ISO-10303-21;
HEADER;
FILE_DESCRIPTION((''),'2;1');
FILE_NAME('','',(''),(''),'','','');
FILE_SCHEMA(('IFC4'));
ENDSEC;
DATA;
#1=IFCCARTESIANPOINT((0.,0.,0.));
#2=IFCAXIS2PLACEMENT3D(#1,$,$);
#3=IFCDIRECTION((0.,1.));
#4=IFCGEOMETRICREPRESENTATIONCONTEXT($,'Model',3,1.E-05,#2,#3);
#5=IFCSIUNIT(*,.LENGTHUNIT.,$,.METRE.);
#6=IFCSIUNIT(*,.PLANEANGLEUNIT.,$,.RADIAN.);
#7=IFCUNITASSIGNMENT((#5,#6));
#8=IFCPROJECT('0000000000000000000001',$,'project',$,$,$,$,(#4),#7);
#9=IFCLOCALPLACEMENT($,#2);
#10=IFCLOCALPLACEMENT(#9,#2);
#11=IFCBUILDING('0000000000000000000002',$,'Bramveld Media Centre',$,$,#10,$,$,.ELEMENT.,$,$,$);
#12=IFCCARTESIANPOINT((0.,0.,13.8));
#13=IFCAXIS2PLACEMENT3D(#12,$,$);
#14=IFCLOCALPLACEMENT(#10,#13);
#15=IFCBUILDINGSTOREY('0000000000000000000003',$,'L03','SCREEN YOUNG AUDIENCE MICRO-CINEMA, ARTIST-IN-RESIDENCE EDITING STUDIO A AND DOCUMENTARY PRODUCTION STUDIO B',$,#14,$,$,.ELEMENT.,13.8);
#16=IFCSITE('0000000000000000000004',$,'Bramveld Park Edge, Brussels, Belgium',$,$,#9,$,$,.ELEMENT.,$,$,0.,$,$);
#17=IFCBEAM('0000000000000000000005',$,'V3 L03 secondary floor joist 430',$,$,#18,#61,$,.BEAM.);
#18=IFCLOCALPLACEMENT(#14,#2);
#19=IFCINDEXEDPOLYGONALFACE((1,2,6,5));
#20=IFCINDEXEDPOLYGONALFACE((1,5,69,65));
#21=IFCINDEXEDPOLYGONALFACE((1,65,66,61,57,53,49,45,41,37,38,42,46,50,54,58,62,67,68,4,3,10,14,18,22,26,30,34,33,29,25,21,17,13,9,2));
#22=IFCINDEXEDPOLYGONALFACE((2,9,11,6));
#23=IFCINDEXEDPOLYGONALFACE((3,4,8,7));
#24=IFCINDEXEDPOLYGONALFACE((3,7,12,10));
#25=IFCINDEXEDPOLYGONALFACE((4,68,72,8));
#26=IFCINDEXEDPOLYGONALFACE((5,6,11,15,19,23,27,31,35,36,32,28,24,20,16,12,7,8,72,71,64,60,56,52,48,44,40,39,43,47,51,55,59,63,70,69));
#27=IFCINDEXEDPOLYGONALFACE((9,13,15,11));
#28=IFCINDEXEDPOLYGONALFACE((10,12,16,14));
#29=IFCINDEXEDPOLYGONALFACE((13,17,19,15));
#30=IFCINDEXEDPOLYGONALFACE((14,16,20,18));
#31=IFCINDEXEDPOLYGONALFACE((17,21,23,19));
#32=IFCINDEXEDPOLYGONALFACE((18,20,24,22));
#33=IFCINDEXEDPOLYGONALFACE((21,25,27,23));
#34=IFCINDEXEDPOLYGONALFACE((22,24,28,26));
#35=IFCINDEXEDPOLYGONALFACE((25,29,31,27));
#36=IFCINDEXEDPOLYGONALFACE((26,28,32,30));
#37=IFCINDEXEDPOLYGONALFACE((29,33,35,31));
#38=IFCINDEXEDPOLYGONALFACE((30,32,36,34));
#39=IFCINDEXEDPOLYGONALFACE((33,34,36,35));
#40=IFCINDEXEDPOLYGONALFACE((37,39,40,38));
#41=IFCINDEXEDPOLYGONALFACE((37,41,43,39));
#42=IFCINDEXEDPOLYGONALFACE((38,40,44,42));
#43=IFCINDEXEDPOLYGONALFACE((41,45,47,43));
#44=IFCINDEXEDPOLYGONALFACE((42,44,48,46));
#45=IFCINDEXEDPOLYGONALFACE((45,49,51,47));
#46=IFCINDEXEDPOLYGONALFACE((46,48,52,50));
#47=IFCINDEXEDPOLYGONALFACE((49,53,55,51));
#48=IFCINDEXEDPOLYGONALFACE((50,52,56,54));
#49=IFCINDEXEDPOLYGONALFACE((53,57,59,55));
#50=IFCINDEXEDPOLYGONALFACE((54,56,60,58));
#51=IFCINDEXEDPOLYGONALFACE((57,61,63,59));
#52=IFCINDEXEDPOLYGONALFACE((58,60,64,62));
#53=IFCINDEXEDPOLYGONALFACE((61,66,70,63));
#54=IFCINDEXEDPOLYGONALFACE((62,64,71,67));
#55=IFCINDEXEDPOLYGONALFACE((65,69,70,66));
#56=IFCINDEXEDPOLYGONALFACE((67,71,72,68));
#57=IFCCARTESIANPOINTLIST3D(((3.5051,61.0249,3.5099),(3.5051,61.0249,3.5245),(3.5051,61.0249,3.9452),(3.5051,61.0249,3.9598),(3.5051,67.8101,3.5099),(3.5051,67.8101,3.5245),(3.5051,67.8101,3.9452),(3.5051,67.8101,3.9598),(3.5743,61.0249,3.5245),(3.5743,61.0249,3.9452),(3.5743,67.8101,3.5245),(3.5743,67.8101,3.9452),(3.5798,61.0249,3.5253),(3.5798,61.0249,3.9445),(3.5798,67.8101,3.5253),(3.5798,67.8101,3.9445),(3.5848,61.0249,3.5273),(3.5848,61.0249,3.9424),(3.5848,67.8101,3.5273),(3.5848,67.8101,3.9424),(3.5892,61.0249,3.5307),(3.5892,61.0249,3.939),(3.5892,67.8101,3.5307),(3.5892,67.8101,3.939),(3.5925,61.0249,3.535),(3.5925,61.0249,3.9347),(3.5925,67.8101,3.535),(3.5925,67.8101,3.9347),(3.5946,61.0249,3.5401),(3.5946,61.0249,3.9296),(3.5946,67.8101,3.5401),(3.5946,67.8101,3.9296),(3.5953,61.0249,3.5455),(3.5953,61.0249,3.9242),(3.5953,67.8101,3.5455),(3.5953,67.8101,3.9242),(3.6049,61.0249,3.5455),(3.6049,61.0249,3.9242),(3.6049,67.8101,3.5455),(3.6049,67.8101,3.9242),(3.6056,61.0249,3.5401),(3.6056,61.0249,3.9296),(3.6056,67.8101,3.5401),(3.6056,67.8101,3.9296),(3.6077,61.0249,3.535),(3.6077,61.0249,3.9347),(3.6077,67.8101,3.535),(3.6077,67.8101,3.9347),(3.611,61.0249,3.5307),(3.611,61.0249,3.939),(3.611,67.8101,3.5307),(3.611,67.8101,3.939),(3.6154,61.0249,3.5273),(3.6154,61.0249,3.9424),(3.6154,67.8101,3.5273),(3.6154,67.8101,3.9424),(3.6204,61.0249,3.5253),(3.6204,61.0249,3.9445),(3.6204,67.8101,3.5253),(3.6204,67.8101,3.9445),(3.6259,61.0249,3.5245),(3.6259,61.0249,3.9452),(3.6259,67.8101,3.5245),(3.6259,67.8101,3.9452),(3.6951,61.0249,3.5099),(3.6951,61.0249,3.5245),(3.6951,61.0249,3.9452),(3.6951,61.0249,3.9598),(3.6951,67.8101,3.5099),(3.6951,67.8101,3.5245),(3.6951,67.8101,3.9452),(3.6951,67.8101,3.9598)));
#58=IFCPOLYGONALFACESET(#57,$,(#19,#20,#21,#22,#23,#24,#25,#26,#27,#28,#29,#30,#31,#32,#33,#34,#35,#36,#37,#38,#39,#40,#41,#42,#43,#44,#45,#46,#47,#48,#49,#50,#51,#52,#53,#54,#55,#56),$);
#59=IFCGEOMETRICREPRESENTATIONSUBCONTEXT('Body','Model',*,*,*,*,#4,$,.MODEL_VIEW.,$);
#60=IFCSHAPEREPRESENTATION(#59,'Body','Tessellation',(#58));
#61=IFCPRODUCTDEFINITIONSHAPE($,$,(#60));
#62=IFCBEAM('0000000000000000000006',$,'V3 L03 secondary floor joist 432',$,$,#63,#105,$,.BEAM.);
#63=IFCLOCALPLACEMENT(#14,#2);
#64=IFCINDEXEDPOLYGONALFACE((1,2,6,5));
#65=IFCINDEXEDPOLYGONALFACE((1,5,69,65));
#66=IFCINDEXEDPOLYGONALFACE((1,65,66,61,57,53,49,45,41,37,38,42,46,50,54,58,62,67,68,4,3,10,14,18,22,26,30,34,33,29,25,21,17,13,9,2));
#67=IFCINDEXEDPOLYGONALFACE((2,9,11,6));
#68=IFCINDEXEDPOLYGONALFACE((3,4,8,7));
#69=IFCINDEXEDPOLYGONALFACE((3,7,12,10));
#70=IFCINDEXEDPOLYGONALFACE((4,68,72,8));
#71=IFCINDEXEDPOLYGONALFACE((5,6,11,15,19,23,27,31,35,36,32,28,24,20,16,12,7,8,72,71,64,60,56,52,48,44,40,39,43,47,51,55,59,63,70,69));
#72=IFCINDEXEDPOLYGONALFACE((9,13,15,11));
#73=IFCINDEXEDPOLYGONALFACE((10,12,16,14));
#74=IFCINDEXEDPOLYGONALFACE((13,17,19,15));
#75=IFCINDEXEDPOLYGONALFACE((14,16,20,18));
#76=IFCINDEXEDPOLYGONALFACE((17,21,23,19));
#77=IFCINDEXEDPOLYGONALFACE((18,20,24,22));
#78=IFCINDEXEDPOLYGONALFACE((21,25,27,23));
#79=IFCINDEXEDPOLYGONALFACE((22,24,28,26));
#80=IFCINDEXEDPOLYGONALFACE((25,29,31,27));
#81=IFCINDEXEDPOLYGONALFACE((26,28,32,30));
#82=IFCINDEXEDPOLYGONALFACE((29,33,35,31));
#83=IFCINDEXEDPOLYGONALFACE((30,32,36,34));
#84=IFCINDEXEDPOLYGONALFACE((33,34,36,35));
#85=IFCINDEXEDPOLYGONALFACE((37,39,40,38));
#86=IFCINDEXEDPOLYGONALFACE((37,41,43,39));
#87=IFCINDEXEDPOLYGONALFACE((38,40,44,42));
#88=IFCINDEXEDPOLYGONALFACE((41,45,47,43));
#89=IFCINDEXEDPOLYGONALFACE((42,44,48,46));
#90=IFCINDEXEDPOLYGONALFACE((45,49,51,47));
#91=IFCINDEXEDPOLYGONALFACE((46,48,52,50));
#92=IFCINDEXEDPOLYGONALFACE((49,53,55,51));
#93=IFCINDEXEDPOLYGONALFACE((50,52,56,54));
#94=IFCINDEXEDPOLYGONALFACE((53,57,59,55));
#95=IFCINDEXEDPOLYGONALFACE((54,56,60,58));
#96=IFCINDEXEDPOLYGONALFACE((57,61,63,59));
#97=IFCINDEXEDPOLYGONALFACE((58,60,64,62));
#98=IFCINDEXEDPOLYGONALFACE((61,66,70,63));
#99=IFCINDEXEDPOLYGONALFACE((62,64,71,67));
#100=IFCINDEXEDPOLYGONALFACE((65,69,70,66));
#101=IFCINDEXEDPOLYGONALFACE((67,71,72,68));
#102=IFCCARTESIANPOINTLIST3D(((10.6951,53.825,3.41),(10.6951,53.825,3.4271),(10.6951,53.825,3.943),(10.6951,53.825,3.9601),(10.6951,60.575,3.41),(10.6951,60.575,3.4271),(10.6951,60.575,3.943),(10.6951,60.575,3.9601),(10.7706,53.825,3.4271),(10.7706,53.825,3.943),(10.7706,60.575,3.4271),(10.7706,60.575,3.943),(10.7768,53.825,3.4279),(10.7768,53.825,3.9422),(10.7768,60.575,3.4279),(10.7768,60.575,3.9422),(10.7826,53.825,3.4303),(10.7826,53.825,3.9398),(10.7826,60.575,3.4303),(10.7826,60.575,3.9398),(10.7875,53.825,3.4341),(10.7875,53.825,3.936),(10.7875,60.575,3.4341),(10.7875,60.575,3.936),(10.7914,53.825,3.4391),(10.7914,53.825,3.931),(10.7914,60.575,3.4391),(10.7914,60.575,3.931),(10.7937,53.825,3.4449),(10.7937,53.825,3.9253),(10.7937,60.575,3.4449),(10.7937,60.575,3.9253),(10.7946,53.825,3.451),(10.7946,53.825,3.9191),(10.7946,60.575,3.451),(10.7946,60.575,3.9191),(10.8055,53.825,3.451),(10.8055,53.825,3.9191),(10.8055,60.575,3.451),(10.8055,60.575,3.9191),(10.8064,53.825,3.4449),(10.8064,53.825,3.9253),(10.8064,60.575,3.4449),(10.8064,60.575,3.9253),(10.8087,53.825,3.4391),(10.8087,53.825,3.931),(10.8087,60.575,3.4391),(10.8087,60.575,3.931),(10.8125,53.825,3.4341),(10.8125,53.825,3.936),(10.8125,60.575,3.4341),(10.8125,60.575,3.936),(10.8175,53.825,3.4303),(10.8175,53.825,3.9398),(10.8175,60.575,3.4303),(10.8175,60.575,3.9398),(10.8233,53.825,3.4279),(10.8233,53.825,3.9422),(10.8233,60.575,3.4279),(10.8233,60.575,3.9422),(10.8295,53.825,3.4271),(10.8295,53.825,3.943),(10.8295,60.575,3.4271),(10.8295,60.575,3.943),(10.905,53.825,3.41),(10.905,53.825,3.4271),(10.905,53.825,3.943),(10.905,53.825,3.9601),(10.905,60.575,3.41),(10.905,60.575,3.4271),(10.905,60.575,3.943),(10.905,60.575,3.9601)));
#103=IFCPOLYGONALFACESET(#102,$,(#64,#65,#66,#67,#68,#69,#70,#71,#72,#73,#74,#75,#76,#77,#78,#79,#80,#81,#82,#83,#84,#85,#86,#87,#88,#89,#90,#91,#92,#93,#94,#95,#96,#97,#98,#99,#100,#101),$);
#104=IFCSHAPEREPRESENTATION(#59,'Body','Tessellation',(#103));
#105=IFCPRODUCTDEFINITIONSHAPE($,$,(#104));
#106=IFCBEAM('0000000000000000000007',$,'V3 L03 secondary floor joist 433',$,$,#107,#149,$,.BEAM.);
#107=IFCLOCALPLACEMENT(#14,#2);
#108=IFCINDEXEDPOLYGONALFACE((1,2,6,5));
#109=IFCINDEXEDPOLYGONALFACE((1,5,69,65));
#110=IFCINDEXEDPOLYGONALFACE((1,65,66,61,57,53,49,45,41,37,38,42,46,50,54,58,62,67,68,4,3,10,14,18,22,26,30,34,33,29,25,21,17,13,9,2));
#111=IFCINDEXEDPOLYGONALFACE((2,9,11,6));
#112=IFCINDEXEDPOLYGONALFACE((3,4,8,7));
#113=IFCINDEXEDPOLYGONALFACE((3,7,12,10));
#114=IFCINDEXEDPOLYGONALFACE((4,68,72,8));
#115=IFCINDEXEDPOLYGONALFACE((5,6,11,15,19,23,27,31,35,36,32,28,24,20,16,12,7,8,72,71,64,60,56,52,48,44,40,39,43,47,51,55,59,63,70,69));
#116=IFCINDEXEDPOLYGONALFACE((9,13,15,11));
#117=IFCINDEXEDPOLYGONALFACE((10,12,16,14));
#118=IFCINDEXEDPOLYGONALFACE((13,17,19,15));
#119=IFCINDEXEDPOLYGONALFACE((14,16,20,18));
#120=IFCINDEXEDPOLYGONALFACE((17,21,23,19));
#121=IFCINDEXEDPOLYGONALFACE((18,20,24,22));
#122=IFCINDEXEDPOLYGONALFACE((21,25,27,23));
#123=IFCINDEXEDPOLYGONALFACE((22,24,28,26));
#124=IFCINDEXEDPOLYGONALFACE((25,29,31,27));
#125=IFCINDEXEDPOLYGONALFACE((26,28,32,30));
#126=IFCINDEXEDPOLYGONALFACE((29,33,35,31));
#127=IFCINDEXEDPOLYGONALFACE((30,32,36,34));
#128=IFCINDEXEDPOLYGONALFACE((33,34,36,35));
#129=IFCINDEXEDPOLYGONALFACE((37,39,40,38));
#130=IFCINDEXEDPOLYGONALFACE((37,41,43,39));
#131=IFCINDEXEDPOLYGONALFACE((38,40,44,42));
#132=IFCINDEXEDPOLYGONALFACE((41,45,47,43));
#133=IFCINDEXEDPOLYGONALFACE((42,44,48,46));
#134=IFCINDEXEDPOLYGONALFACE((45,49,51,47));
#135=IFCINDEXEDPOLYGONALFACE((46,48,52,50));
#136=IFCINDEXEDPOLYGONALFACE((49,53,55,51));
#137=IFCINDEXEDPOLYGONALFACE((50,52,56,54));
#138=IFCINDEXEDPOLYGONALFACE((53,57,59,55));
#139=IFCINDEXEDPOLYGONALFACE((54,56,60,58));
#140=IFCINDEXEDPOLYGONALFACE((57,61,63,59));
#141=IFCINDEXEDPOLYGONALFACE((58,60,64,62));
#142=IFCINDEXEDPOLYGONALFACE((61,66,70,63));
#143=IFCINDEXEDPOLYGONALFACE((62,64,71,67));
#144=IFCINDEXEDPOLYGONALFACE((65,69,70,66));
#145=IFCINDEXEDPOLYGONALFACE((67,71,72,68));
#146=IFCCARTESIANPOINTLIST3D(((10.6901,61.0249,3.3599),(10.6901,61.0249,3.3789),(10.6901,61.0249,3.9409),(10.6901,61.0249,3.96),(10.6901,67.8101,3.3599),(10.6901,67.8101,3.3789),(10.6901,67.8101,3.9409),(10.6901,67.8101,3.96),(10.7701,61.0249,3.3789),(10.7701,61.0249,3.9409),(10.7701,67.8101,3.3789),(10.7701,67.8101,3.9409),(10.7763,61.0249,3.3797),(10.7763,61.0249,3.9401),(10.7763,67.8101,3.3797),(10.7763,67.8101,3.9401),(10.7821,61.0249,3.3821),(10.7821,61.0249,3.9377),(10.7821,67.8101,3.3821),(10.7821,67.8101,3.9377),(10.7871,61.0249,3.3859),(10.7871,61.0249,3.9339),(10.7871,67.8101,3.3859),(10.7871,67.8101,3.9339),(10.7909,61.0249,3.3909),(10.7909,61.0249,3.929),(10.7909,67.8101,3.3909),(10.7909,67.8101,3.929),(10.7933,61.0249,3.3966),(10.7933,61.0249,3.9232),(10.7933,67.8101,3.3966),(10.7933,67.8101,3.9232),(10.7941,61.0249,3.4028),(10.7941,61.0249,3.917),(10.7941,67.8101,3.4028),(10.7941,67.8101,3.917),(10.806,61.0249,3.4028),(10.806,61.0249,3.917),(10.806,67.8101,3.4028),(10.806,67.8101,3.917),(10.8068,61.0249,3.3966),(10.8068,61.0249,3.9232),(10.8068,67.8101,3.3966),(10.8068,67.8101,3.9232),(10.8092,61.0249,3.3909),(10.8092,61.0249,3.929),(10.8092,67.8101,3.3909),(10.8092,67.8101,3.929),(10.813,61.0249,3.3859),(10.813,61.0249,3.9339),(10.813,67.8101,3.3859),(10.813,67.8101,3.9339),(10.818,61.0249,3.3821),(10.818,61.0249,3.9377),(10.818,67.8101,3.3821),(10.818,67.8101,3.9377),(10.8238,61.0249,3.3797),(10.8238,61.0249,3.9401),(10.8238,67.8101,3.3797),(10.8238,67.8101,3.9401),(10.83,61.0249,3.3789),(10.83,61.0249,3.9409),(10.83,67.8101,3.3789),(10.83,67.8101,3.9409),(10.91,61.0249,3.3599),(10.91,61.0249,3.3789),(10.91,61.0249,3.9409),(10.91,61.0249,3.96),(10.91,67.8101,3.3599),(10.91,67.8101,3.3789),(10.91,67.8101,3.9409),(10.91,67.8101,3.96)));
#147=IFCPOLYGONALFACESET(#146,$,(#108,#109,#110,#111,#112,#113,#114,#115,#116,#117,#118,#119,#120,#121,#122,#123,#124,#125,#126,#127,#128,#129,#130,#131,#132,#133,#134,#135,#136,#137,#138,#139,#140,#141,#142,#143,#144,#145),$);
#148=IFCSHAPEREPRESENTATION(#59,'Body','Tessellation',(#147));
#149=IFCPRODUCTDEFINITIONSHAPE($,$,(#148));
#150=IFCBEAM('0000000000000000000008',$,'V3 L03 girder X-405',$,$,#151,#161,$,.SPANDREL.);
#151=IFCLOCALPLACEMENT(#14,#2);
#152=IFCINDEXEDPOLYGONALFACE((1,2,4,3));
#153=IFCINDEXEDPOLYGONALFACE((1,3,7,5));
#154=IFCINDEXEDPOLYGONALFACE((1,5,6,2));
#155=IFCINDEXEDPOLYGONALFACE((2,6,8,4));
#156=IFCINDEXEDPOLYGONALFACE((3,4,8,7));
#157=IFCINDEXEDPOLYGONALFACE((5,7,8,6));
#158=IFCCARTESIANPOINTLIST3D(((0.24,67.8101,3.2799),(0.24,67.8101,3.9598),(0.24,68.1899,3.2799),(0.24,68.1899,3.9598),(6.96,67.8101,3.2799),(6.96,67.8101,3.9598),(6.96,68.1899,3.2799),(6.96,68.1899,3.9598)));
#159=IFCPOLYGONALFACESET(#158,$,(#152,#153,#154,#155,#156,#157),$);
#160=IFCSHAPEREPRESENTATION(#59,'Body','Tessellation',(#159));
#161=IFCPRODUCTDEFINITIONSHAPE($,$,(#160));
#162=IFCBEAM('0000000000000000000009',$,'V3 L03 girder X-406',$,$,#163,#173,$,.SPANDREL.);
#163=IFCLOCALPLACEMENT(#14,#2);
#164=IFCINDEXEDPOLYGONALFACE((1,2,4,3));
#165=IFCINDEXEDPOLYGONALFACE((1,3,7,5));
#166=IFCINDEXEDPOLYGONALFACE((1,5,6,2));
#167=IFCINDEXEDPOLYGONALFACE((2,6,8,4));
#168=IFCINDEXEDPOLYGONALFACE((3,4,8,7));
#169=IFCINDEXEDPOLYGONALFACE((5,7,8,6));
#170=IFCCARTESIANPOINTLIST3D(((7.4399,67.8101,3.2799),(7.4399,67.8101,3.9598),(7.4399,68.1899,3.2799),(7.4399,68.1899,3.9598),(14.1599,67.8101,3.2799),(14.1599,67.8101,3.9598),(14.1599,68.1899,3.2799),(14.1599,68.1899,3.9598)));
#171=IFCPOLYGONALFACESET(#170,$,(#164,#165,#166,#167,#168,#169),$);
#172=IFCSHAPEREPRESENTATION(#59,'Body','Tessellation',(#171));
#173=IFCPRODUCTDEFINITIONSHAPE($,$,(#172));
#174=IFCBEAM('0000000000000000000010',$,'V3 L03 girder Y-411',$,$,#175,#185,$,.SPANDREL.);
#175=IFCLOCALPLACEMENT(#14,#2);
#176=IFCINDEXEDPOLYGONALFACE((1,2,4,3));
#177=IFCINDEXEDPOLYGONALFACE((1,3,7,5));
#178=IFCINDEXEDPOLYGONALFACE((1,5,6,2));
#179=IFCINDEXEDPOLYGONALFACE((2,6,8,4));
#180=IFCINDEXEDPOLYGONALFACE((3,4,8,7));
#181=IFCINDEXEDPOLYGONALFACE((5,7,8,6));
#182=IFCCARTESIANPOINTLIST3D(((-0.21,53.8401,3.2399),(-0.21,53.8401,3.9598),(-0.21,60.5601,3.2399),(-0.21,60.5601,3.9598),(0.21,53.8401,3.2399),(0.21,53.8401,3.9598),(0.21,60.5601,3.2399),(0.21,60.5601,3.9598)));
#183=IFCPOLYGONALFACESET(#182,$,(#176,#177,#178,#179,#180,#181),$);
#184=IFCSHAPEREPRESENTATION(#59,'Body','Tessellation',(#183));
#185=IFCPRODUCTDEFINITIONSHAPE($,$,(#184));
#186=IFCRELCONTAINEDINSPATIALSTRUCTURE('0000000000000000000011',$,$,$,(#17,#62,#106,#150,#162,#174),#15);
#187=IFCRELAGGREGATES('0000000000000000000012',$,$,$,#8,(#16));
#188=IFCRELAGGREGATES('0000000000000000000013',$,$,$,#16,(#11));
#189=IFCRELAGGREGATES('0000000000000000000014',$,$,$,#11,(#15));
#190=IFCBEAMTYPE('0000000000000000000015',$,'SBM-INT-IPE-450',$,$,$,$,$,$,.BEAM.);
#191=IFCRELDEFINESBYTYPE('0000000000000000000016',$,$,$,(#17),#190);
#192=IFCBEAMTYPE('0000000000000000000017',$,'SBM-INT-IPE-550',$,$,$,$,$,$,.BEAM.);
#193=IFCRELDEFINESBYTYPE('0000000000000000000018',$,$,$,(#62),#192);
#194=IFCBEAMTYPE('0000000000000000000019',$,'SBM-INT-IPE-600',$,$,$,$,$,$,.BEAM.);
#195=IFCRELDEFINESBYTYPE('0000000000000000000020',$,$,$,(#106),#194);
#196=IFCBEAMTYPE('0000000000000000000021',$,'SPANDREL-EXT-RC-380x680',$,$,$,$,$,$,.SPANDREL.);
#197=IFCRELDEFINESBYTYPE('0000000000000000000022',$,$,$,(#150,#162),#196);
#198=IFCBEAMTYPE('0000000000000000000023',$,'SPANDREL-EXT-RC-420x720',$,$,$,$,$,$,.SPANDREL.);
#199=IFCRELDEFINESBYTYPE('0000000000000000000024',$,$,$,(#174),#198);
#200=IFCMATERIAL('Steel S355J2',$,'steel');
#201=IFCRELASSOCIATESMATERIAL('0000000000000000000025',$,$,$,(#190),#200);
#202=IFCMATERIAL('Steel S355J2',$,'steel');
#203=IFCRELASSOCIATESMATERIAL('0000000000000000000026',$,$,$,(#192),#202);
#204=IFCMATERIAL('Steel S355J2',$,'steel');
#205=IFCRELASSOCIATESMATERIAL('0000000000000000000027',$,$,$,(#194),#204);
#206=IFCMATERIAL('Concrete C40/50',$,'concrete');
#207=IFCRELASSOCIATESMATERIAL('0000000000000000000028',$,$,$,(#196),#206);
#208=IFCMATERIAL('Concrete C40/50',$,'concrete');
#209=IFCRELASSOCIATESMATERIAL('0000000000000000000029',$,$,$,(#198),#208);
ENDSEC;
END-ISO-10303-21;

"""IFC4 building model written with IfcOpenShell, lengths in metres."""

from ifc_helpers import new_model, si_unit, direction, frame, origin, origin_2d, place, context, subcontext, project, spatial, rectangle, i_section, extrude, material, material_profile, profile_set, type_object, element, save


model = new_model("IFC4")

# Units and contexts
model_context = context("Model", 3, precision=1e-05, world=origin(), true_north=direction((0.0, 1.0)))
body_context = subcontext(model_context, "Body", "Model", "MODEL_VIEW")
ifc_project = project(units=[si_unit("LENGTHUNIT", "METRE"), si_unit("PLANEANGLEUNIT", "RADIAN")], contexts=[model_context])

# Site, building, storey
site_placement = place(None, origin())
site = spatial("IfcSite", under=ifc_project, at=site_placement, Name="Bramveld Park Edge, Brussels, Belgium", CompositionType="ELEMENT", RefElevation=0.0)
building_placement = place(site_placement, origin())
building = spatial("IfcBuilding", under=site, at=building_placement, Name="Bramveld Media Centre", CompositionType="ELEMENT")
storey_placement = place(building_placement, frame((0.0, 0.0, 13.8)))
storey = spatial("IfcBuildingStorey", under=building, at=storey_placement, Name="L03", Description="SCREEN YOUNG AUDIENCE MICRO-CINEMA, ARTIST-IN-RESIDENCE EDITING STUDIO A AND DOCUMENTARY PRODUCTION STUDIO B", CompositionType="ELEMENT", Elevation=13.8)

# Beams
ifc_material_1 = material(Name="Steel S355J2", Category="steel")
ifc_material_profile_1 = material_profile(ifc_material_1, i_section(OverallWidth=0.1899, OverallDepth=0.45, WebThickness=0.0095, FlangeThickness=0.0146, FilletRadius=0.021, at=origin_2d()), Name="IPE 450")
ifc_profile_set_1 = profile_set([ifc_material_profile_1], Name="Steel S355J2")
beam_type_1 = type_object("IfcBeamType", Name="SBM-INT-IPE-450", PredefinedType="BEAM", material=ifc_profile_set_1)
beam_1_placement = place(storey_placement, frame((3.6001, 61.0249, 3.7349), z_axis=(0.0, 1.0, 0.0), x_axis=(-1.0, 0.0, 0.0)))
element("IfcBeam", 1, at=beam_1_placement, inside=storey, type_object=beam_type_1, Name="V3 L03 secondary floor joist 430", PredefinedType="BEAM", context=body_context, shape_type="SweptSolid", body=[
    extrude(i_section(OverallWidth=0.1899, OverallDepth=0.45, WebThickness=0.0095, FlangeThickness=0.0146, FilletRadius=0.021, at=origin_2d()), origin(), (0.0, 0.0, 1.0), 6.7852),
])
ifc_material_2 = material(Name="Steel S355J2", Category="steel")
ifc_material_profile_2 = material_profile(ifc_material_2, i_section(OverallWidth=0.21, OverallDepth=0.55, WebThickness=0.011, FlangeThickness=0.0171, FilletRadius=0.0239, at=origin_2d()), Name="IPE 550")
ifc_profile_set_2 = profile_set([ifc_material_profile_2], Name="Steel S355J2")
beam_type_2 = type_object("IfcBeamType", Name="SBM-INT-IPE-550", PredefinedType="BEAM", material=ifc_profile_set_2)
beam_2_placement = place(storey_placement, frame((10.8, 53.825, 3.6851), z_axis=(0.0, 1.0, 0.0), x_axis=(-1.0, 0.0, 0.0)))
element("IfcBeam", 2, at=beam_2_placement, inside=storey, type_object=beam_type_2, Name="V3 L03 secondary floor joist 432", PredefinedType="BEAM", context=body_context, shape_type="SweptSolid", body=[
    extrude(i_section(OverallWidth=0.21, OverallDepth=0.55, WebThickness=0.011, FlangeThickness=0.0171, FilletRadius=0.0239, at=origin_2d()), origin(), (0.0, 0.0, 1.0), 6.75),
])
ifc_material_3 = material(Name="Steel S355J2", Category="steel")
ifc_material_profile_3 = material_profile(ifc_material_3, i_section(OverallWidth=0.22, OverallDepth=0.6001, WebThickness=0.012, FlangeThickness=0.019, FilletRadius=0.0239, at=origin_2d()), Name="IPE 600")
ifc_profile_set_3 = profile_set([ifc_material_profile_3], Name="Steel S355J2")
beam_type_3 = type_object("IfcBeamType", Name="SBM-INT-IPE-600", PredefinedType="BEAM", material=ifc_profile_set_3)
beam_3_placement = place(storey_placement, frame((10.8, 61.0249, 3.6599), z_axis=(0.0, 1.0, 0.0), x_axis=(-1.0, 0.0, 0.0)))
element("IfcBeam", 3, at=beam_3_placement, inside=storey, type_object=beam_type_3, Name="V3 L03 secondary floor joist 433", PredefinedType="BEAM", context=body_context, shape_type="SweptSolid", body=[
    extrude(i_section(OverallWidth=0.22, OverallDepth=0.6001, WebThickness=0.012, FlangeThickness=0.019, FilletRadius=0.0239, at=origin_2d()), origin(), (0.0, 0.0, 1.0), 6.7852),
])
ifc_material_4 = material(Name="Concrete C40/50", Category="concrete")
ifc_material_profile_4 = material_profile(ifc_material_4, rectangle(XDim=0.3799, YDim=0.6799, at=origin_2d()), Name="RC 380x680")
ifc_profile_set_4 = profile_set([ifc_material_profile_4], Name="Concrete C40/50")
beam_type_4 = type_object("IfcBeamType", Name="SPANDREL-EXT-RC-380x680", PredefinedType="SPANDREL", material=ifc_profile_set_4)
for number, where, z_axis, x_axis, name in (
    (4, (0.24, 68.0, 3.6199), (1.0, 0.0, 0.0), (0.0, 1.0, 0.0), "V3 L03 girder X-405"),
    (5, (7.4399, 68.0, 3.6199), (1.0, 0.0, 0.0), (0.0, 1.0, 0.0), "V3 L03 girder X-406"),
):
    element("IfcBeam", number, at=place(storey_placement, frame(where, z_axis=z_axis, x_axis=x_axis)), inside=storey, type_object=beam_type_4, Name=name, PredefinedType="SPANDREL", context=body_context, shape_type="SweptSolid", body=[
        extrude(rectangle(XDim=0.3799, YDim=0.6799, at=origin_2d()), origin(), (0.0, 0.0, 1.0), 6.72),
    ])
ifc_material_5 = material(Name="Concrete C40/50", Category="concrete")
ifc_material_profile_5 = material_profile(ifc_material_5, rectangle(XDim=0.4199, YDim=0.72, at=origin_2d()), Name="RC 420x720")
ifc_profile_set_5 = profile_set([ifc_material_profile_5], Name="Concrete C40/50")
beam_type_5 = type_object("IfcBeamType", Name="SPANDREL-EXT-RC-420x720", PredefinedType="SPANDREL", material=ifc_profile_set_5)
for number, where, z_axis, x_axis, name in (
    (6, (0.0, 53.8401, 3.5999), (0.0, 1.0, 0.0), (-1.0, 0.0, 0.0), "V3 L03 girder Y-411"),
):
    element("IfcBeam", number, at=place(storey_placement, frame(where, z_axis=z_axis, x_axis=x_axis)), inside=storey, type_object=beam_type_5, Name=name, PredefinedType="SPANDREL", context=body_context, shape_type="SweptSolid", body=[
        extrude(rectangle(XDim=0.4199, YDim=0.72, at=origin_2d()), origin(), (0.0, 0.0, 1.0), 6.72),
    ])

save(model, "model.ifc")
